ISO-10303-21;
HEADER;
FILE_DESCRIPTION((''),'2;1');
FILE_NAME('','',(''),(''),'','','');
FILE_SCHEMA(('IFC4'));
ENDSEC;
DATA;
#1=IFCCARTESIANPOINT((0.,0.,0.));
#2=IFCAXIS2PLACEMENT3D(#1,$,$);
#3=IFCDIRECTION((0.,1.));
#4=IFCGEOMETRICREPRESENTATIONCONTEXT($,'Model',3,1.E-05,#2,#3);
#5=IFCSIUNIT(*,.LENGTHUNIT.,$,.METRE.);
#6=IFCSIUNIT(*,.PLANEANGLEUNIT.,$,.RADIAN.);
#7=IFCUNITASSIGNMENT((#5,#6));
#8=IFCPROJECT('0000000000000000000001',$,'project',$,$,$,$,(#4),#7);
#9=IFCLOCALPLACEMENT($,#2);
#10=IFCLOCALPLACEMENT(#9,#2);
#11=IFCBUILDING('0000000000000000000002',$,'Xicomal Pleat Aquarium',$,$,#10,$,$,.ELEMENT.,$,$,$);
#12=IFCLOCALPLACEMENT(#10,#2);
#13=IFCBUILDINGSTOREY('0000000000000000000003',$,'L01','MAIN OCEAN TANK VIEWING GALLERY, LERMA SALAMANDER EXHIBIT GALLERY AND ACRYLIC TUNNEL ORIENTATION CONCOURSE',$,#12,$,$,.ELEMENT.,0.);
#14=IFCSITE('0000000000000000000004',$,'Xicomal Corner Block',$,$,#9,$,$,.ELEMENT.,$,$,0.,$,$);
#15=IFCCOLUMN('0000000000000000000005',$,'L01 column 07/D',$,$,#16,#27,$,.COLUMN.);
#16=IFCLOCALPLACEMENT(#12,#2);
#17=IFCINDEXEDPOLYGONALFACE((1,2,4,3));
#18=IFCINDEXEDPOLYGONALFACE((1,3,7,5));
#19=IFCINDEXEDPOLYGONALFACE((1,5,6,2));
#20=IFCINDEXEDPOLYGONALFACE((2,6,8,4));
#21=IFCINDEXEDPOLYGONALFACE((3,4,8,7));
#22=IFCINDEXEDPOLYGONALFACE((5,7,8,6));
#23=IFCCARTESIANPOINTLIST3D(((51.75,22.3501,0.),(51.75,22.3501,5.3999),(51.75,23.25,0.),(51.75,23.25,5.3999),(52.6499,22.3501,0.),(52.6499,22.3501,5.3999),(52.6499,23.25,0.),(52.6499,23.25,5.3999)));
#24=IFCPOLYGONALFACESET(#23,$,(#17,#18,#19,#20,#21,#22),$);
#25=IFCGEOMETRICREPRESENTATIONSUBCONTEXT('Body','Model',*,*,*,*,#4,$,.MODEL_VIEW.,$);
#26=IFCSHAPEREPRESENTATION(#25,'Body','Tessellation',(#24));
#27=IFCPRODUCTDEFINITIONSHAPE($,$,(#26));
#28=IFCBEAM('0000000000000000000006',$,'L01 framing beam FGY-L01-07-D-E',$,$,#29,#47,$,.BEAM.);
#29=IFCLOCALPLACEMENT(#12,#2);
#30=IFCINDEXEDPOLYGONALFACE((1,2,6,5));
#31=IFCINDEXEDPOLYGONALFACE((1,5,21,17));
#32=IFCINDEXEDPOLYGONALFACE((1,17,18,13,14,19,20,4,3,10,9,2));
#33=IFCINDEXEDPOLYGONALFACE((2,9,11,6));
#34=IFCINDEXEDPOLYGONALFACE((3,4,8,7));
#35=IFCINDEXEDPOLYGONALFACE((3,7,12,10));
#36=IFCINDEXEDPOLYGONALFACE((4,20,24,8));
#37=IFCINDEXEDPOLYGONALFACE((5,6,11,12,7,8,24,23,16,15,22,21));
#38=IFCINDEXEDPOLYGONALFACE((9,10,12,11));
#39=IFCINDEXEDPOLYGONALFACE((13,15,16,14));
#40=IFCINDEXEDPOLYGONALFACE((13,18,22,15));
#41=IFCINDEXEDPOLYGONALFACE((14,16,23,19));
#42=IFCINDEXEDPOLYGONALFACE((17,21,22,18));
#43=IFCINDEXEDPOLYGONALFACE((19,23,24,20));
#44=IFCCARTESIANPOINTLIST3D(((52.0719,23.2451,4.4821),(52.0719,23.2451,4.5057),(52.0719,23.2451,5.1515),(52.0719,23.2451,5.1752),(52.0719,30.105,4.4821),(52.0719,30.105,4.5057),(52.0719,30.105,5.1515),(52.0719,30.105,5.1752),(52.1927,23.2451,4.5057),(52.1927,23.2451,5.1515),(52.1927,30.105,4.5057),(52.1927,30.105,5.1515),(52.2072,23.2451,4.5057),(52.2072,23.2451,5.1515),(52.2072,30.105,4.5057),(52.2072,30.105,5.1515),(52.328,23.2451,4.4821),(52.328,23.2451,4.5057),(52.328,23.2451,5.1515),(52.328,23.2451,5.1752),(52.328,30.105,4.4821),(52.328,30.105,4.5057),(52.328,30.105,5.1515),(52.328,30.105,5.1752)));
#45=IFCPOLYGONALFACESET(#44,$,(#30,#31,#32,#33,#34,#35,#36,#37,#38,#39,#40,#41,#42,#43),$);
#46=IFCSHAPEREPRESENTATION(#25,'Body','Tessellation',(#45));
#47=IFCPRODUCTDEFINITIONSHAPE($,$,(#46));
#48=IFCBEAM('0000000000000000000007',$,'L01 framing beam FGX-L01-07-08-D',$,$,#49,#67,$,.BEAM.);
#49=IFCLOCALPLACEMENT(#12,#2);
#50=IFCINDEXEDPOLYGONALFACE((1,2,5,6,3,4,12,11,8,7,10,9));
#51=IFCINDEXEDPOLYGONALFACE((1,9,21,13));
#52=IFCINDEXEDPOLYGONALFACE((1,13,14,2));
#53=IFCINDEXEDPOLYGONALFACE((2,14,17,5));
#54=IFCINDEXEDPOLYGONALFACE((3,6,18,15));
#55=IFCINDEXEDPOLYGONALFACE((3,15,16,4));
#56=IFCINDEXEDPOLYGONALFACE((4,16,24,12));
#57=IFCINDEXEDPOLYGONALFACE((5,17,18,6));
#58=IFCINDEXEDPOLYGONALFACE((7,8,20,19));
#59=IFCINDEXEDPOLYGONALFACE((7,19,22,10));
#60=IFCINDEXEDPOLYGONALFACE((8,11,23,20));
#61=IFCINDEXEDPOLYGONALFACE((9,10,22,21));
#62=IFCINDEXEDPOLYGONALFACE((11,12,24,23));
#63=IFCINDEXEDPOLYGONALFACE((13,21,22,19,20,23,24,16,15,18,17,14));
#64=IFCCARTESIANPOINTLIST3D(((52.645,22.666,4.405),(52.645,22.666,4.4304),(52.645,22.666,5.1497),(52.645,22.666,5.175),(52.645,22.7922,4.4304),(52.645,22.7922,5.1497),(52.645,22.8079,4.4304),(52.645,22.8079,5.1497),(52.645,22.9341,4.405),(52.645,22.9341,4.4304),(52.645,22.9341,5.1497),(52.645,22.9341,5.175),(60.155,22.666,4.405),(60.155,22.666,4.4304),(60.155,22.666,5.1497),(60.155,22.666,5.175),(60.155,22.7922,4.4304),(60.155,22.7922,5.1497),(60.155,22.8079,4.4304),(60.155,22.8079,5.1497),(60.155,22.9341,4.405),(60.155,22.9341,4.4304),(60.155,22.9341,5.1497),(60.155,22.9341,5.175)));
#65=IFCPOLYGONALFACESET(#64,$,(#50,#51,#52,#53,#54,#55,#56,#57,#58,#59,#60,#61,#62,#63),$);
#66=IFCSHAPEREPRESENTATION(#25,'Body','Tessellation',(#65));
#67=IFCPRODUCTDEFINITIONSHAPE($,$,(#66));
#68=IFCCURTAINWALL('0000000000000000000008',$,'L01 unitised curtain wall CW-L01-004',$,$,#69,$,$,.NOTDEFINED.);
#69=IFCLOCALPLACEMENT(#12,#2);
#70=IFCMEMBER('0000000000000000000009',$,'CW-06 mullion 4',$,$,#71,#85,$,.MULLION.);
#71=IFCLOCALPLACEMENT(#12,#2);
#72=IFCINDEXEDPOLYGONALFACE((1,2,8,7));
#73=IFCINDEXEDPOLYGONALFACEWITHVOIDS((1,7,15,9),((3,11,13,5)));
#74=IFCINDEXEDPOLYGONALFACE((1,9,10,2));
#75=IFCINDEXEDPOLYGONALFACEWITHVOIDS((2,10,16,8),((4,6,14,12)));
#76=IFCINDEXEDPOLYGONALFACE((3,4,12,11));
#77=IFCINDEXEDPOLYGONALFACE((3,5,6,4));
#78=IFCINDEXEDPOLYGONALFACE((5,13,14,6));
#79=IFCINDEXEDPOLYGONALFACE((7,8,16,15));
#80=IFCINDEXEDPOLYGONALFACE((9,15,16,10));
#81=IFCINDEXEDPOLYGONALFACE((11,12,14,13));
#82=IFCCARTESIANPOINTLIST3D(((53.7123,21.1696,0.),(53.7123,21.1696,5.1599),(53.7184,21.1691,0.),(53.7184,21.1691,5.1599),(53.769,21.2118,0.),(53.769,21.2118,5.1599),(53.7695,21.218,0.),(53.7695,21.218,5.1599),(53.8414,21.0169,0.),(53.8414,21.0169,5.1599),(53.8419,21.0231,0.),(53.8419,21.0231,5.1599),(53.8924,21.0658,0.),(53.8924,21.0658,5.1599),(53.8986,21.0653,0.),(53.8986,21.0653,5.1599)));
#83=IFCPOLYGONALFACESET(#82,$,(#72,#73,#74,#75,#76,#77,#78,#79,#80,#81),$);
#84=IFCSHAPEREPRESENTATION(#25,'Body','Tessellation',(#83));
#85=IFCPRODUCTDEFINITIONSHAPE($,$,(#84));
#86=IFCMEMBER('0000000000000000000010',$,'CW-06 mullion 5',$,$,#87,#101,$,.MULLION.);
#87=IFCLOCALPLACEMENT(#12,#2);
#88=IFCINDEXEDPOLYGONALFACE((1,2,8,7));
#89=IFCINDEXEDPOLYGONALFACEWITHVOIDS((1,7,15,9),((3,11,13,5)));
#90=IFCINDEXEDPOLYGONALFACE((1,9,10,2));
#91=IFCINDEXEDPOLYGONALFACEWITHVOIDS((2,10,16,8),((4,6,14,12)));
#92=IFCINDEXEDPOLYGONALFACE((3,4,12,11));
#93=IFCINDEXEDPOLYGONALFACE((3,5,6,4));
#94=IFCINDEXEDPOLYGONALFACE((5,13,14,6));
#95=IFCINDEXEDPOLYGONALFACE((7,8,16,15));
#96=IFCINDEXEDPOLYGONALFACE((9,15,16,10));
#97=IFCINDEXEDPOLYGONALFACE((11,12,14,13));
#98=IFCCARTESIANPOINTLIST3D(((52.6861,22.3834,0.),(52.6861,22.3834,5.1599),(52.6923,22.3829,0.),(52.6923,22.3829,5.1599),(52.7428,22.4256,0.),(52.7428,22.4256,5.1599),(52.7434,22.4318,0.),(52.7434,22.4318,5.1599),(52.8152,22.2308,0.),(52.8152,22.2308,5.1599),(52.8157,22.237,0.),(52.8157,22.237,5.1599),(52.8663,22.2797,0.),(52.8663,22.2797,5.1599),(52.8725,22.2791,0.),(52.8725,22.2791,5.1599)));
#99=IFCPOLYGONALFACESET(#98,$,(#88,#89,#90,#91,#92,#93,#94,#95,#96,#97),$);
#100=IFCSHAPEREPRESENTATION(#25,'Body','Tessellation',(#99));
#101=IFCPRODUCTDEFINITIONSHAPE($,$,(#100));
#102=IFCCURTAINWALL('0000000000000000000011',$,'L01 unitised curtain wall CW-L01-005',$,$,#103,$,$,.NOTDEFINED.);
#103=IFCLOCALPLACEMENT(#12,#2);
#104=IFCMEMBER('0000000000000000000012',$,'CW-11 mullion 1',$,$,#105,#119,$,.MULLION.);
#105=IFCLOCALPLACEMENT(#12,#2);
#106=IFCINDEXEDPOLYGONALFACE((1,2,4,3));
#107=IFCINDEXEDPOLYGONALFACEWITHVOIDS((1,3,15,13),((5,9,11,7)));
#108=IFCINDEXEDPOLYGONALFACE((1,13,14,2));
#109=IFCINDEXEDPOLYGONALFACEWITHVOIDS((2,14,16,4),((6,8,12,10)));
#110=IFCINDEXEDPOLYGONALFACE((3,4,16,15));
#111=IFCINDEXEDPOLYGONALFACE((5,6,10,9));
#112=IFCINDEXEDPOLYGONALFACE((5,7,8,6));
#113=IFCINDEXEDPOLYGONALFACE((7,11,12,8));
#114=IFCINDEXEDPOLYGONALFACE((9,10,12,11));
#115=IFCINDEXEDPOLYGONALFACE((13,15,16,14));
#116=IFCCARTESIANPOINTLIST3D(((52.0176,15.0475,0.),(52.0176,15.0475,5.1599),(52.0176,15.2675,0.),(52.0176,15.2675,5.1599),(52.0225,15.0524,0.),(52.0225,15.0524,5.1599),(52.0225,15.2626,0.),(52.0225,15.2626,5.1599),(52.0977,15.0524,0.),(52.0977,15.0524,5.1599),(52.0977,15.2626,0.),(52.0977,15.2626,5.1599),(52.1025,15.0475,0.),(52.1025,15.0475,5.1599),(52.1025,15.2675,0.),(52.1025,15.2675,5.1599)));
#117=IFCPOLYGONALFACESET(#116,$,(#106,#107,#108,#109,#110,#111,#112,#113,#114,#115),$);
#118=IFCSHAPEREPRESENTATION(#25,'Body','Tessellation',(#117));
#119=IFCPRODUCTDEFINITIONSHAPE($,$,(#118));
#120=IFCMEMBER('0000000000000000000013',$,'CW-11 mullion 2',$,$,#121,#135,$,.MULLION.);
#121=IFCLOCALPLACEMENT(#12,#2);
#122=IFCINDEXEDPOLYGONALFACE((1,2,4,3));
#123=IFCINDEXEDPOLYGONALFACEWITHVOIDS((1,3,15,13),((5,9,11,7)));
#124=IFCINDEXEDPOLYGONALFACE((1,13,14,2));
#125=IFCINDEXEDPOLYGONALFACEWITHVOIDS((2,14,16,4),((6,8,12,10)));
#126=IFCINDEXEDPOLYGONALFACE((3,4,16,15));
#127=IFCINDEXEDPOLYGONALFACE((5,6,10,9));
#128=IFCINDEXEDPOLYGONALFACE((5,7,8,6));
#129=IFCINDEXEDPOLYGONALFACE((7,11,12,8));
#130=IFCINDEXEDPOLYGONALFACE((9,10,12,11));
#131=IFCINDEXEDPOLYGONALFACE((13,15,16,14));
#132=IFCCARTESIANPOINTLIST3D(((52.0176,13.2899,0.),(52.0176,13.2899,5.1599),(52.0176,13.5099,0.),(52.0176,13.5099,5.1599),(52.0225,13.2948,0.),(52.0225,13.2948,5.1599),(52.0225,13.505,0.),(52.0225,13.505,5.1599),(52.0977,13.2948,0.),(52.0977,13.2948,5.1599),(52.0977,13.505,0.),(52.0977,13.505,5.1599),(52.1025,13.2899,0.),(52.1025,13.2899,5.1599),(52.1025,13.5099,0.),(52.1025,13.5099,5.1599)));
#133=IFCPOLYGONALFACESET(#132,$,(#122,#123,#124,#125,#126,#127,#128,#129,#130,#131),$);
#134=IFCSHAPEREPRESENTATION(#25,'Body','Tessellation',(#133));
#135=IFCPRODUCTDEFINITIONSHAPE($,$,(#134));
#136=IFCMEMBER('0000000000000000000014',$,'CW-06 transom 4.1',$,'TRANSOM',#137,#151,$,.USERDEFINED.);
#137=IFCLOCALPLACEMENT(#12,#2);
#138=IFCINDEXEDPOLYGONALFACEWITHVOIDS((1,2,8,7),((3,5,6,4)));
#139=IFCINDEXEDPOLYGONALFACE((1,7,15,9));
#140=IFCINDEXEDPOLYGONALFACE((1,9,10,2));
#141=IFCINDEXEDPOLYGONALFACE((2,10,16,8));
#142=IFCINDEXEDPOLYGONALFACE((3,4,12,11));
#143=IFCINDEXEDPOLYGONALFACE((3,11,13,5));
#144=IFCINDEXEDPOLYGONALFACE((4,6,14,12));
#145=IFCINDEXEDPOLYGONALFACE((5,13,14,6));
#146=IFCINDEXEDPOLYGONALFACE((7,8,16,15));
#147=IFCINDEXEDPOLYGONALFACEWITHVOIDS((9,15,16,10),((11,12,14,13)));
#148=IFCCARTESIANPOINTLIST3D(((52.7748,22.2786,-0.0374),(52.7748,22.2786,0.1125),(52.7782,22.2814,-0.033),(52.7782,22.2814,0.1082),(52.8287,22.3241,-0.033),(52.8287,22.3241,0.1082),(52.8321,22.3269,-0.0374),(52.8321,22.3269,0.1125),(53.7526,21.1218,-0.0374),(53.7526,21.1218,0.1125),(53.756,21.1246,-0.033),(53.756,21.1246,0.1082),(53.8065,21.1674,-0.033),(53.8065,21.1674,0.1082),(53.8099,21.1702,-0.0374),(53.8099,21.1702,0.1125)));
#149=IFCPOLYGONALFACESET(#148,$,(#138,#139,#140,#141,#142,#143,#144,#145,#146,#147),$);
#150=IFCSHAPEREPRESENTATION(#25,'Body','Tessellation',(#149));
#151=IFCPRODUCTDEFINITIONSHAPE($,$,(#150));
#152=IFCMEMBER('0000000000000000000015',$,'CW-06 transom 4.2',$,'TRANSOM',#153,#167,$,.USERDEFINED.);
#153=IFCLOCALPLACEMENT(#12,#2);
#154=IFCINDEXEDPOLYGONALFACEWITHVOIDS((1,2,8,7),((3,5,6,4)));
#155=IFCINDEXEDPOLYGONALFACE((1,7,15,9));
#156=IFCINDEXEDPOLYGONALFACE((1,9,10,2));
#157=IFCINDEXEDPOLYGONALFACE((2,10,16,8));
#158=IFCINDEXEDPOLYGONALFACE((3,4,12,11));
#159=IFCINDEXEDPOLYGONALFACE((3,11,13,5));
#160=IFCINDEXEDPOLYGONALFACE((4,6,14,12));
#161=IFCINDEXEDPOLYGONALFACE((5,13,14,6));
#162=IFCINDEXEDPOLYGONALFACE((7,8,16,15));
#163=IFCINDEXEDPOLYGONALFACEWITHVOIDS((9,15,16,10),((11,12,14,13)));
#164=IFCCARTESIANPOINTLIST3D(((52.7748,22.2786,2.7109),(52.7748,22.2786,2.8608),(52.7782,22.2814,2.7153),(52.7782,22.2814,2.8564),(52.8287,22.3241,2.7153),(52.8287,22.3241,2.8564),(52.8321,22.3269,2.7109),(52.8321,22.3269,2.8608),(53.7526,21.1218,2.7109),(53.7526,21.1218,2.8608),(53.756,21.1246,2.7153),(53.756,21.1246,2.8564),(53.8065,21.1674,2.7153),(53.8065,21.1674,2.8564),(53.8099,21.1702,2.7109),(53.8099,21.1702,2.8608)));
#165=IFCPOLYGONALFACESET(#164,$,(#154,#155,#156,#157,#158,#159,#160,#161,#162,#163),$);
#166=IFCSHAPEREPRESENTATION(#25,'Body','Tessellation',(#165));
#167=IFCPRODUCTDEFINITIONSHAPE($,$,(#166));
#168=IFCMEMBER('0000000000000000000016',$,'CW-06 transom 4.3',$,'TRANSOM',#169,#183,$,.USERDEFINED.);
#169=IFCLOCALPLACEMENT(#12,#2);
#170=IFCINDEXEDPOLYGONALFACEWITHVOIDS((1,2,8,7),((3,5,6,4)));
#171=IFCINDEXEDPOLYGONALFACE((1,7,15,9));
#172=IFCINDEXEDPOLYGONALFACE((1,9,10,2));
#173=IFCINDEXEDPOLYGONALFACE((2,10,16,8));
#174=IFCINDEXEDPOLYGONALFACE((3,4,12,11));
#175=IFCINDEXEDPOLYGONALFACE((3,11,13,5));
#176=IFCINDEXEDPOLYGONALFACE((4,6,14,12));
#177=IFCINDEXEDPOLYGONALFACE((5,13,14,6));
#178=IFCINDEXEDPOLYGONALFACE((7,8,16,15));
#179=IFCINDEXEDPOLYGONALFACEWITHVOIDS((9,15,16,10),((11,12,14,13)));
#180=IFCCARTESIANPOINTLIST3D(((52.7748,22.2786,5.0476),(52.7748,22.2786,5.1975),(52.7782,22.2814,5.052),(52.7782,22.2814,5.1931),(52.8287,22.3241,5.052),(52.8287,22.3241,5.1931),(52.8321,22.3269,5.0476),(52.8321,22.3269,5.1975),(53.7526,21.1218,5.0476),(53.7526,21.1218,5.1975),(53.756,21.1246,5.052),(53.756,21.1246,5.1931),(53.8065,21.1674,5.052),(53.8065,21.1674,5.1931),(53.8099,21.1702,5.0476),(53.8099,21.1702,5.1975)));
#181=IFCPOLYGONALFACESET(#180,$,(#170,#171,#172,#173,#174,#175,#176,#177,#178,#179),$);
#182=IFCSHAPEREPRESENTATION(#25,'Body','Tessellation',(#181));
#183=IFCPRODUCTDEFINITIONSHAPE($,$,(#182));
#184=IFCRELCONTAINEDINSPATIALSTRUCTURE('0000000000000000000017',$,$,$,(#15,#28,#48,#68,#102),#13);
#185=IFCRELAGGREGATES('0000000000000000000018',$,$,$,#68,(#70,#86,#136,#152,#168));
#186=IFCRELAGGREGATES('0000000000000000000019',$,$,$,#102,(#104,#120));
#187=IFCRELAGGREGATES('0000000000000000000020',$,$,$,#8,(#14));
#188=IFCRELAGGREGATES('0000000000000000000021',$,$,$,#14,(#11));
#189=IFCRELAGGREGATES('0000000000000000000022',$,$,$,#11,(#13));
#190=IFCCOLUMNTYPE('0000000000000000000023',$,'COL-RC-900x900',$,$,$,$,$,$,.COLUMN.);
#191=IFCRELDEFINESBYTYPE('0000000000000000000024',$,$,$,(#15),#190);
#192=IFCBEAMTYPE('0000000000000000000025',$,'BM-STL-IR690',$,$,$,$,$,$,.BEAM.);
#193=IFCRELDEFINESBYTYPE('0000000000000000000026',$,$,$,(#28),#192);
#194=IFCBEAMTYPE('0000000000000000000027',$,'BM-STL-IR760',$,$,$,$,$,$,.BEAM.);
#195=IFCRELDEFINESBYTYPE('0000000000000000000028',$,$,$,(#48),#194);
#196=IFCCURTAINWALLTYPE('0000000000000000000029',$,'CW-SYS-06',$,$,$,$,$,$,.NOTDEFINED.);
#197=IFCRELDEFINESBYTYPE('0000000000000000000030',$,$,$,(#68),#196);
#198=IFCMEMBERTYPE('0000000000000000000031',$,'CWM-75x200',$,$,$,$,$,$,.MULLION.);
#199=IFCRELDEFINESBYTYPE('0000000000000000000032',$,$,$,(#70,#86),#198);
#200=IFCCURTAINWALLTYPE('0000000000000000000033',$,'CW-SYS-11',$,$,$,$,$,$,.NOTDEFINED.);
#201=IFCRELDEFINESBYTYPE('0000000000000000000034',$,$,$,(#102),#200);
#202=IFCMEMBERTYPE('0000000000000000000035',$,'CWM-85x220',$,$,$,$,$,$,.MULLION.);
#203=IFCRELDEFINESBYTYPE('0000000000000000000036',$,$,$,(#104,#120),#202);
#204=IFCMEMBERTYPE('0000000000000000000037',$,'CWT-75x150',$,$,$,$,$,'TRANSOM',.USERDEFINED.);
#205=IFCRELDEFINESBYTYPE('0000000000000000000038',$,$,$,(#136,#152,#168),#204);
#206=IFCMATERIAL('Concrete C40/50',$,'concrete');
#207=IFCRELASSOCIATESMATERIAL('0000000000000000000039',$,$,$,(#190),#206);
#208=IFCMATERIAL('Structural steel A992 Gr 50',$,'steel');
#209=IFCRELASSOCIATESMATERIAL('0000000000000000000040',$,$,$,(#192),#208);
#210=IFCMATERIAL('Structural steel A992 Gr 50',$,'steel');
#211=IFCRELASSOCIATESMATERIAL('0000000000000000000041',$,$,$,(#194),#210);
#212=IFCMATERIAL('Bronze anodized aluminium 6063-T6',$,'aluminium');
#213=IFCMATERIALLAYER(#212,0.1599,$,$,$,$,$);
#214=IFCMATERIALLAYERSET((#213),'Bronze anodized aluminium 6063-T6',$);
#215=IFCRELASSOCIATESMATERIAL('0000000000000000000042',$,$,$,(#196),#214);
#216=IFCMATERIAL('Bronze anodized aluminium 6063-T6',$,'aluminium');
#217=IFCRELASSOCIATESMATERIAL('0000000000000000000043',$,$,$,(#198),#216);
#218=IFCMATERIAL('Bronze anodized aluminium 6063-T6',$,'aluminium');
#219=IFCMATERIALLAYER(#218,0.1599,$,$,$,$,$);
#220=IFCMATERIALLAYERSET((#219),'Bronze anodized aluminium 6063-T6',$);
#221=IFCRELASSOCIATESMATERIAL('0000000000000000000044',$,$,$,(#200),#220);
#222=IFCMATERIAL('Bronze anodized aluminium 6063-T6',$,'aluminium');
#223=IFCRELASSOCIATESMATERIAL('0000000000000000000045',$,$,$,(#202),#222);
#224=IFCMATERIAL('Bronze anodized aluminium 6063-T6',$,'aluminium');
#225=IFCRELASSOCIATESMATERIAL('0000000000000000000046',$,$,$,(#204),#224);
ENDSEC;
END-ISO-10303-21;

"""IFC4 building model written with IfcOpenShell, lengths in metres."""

from ifc_helpers import new_model, si_unit, direction, frame, origin, origin_2d, place, context, subcontext, project, spatial, rectangle, hollow_rectangle, i_section, extrude, material, layer, layer_set, material_profile, profile_set, type_object, element, aggregate, save


model = new_model("IFC4")

# Units and contexts
model_context = context("Model", 3, precision=1e-05, world=origin(), true_north=direction((0.0, 1.0)))
body_context = subcontext(model_context, "Body", "Model", "MODEL_VIEW")
ifc_project = project(units=[si_unit("LENGTHUNIT", "METRE"), si_unit("PLANEANGLEUNIT", "RADIAN")], contexts=[model_context])

# Site, building, storey
site_placement = place(None, origin())
site = spatial("IfcSite", under=ifc_project, at=site_placement, Name="Xicomal Corner Block", CompositionType="ELEMENT", RefElevation=0.0)
building_placement = place(site_placement, origin())
building = spatial("IfcBuilding", under=site, at=building_placement, Name="Xicomal Pleat Aquarium", CompositionType="ELEMENT")
storey_placement = place(building_placement, origin())
storey = spatial("IfcBuildingStorey", under=building, at=storey_placement, Name="L01", Description="MAIN OCEAN TANK VIEWING GALLERY, LERMA SALAMANDER EXHIBIT GALLERY AND ACRYLIC TUNNEL ORIENTATION CONCOURSE", CompositionType="ELEMENT", Elevation=0.0)

# Column
ifc_material_1 = material(Name="Concrete C40/50", Category="concrete")
ifc_material_profile_1 = material_profile(ifc_material_1, rectangle(XDim=0.8999, YDim=0.8999, at=origin_2d()), Name="RC 900x900")
ifc_profile_set_1 = profile_set([ifc_material_profile_1], Name="Concrete C40/50")
column_type = type_object("IfcColumnType", Name="COL-RC-900x900", PredefinedType="COLUMN", material=ifc_profile_set_1)
column_placement = place(storey_placement, frame((52.2, 22.8, 0.0), z_axis=(0.0, 0.0, 1.0), x_axis=(1.0, 0.0, 0.0)))
element("IfcColumn", 1, at=column_placement, inside=storey, type_object=column_type, Name="L01 column 07/D", PredefinedType="COLUMN", context=body_context, shape_type="SweptSolid", body=[
    extrude(rectangle(XDim=0.8999, YDim=0.8999, at=origin_2d()), origin(), (0.0, 0.0, 1.0), 5.3999),
])

# Beams
ifc_material_2 = material(Name="Structural steel A992 Gr 50", Category="steel")
ifc_material_profile_2 = material_profile(ifc_material_2, i_section(OverallWidth=0.2561, OverallDepth=0.6931, WebThickness=0.0144, FlangeThickness=0.0237, at=origin_2d()), Name="IR 690x170")
ifc_profile_set_2 = profile_set([ifc_material_profile_2], Name="Structural steel A992 Gr 50")
beam_type_1 = type_object("IfcBeamType", Name="BM-STL-IR690", PredefinedType="BEAM", material=ifc_profile_set_2)
beam_1_placement = place(storey_placement, frame((52.2, 23.2451, 4.8286), z_axis=(0.0, 1.0, 0.0), x_axis=(-1.0, 0.0, 0.0)))
element("IfcBeam", 2, at=beam_1_placement, inside=storey, type_object=beam_type_1, Name="L01 framing beam FGY-L01-07-D-E", PredefinedType="BEAM", context=body_context, shape_type="SweptSolid", body=[
    extrude(i_section(OverallWidth=0.2561, OverallDepth=0.6931, WebThickness=0.0144, FlangeThickness=0.0237, at=origin_2d()), origin(), (0.0, 0.0, 1.0), 6.8599),
])
ifc_material_3 = material(Name="Structural steel A992 Gr 50", Category="steel")
ifc_material_profile_3 = material_profile(ifc_material_3, i_section(OverallWidth=0.2681, OverallDepth=0.77, WebThickness=0.0156, FlangeThickness=0.0254, at=origin_2d()), Name="IR 760x196")
ifc_profile_set_3 = profile_set([ifc_material_profile_3], Name="Structural steel A992 Gr 50")
beam_type_2 = type_object("IfcBeamType", Name="BM-STL-IR760", PredefinedType="BEAM", material=ifc_profile_set_3)
beam_2_placement = place(storey_placement, frame((52.645, 22.8, 4.79), z_axis=(1.0, 0.0, 0.0), x_axis=(0.0, 1.0, 0.0)))
element("IfcBeam", 3, at=beam_2_placement, inside=storey, type_object=beam_type_2, Name="L01 framing beam FGX-L01-07-08-D", PredefinedType="BEAM", context=body_context, shape_type="SweptSolid", body=[
    extrude(i_section(OverallWidth=0.2681, OverallDepth=0.77, WebThickness=0.0156, FlangeThickness=0.0254, at=origin_2d()), origin(), (0.0, 0.0, 1.0), 7.51),
])

# Curtain walls, members
ifc_material_4 = material(Name="Bronze anodized aluminium 6063-T6", Category="aluminium")
ifc_layer_1 = layer(ifc_material_4, 0.1599)
ifc_layer_set_1 = layer_set([ifc_layer_1], Name="Bronze anodized aluminium 6063-T6")
curtain_wall_type_1 = type_object("IfcCurtainWallType", Name="CW-SYS-06", PredefinedType="NOTDEFINED", material=ifc_layer_set_1)
curtain_wall_1_placement = place(storey_placement, origin())
curtain_wall_1 = element("IfcCurtainWall", 4, at=curtain_wall_1_placement, inside=storey, type_object=curtain_wall_type_1, Name="L01 unitised curtain wall CW-L01-004", PredefinedType="NOTDEFINED")
ifc_material_5 = material(Name="Bronze anodized aluminium 6063-T6", Category="aluminium")
ifc_material_profile_4 = material_profile(ifc_material_5, hollow_rectangle(XDim=0.075, YDim=0.2, WallThickness=0.0044, at=origin_2d()), Name="ALU MULL 75x200")
ifc_profile_set_4 = profile_set([ifc_material_profile_4], Name="Bronze anodized aluminium 6063-T6")
member_type_1 = type_object("IfcMemberType", Name="CWM-75x200", PredefinedType="MULLION", material=ifc_profile_set_4)
member_1_placement = place(storey_placement, frame((53.8054, 21.1174, 0.0), z_axis=(0.0, 0.0, 1.0), x_axis=(-0.763643, -0.645639, 0.0)))
member_1 = element("IfcMember", 5, at=member_1_placement, type_object=member_type_1, Name="CW-06 mullion 4", PredefinedType="MULLION", context=body_context, shape_type="SweptSolid", body=[
    extrude(hollow_rectangle(XDim=0.075, YDim=0.2, WallThickness=0.0044, at=origin_2d()), origin(), (0.0, 0.0, 1.0), 5.1599),
])
member_2_placement = place(storey_placement, frame((52.7793, 22.3313, 0.0), z_axis=(0.0, 0.0, 1.0), x_axis=(-0.763643, -0.645639, 0.0)))
member_2 = element("IfcMember", 6, at=member_2_placement, type_object=member_type_1, Name="CW-06 mullion 5", PredefinedType="MULLION", context=body_context, shape_type="SweptSolid", body=[
    extrude(hollow_rectangle(XDim=0.075, YDim=0.2, WallThickness=0.0044, at=origin_2d()), origin(), (0.0, 0.0, 1.0), 5.1599),
])
ifc_material_6 = material(Name="Bronze anodized aluminium 6063-T6", Category="aluminium")
ifc_layer_2 = layer(ifc_material_6, 0.1599)
ifc_layer_set_2 = layer_set([ifc_layer_2], Name="Bronze anodized aluminium 6063-T6")
curtain_wall_type_2 = type_object("IfcCurtainWallType", Name="CW-SYS-11", PredefinedType="NOTDEFINED", material=ifc_layer_set_2)
curtain_wall_2_placement = place(storey_placement, origin())
curtain_wall_2 = element("IfcCurtainWall", 7, at=curtain_wall_2_placement, inside=storey, type_object=curtain_wall_type_2, Name="L01 unitised curtain wall CW-L01-005", PredefinedType="NOTDEFINED")
ifc_material_7 = material(Name="Bronze anodized aluminium 6063-T6", Category="aluminium")
ifc_material_profile_5 = material_profile(ifc_material_7, hollow_rectangle(XDim=0.085, YDim=0.22, WallThickness=0.0049, at=origin_2d()), Name="ALU MULL 85x220")
ifc_profile_set_5 = profile_set([ifc_material_profile_5], Name="Bronze anodized aluminium 6063-T6")
member_type_2 = type_object("IfcMemberType", Name="CWM-85x220", PredefinedType="MULLION", material=ifc_profile_set_5)
member_3_placement = place(storey_placement, frame((52.0601, 15.1575, 0.0), z_axis=(0.0, 0.0, 1.0), x_axis=(1.0, 0.0, 0.0)))
member_3 = element("IfcMember", 8, at=member_3_placement, type_object=member_type_2, Name="CW-11 mullion 1", PredefinedType="MULLION", context=body_context, shape_type="SweptSolid", body=[
    extrude(hollow_rectangle(XDim=0.085, YDim=0.22, WallThickness=0.0049, at=origin_2d()), origin(), (0.0, 0.0, 1.0), 5.1599),
])
member_4_placement = place(storey_placement, frame((52.0601, 13.3999, 0.0), z_axis=(0.0, 0.0, 1.0), x_axis=(1.0, 0.0, 0.0)))
member_4 = element("IfcMember", 9, at=member_4_placement, type_object=member_type_2, Name="CW-11 mullion 2", PredefinedType="MULLION", context=body_context, shape_type="SweptSolid", body=[
    extrude(hollow_rectangle(XDim=0.085, YDim=0.22, WallThickness=0.0049, at=origin_2d()), origin(), (0.0, 0.0, 1.0), 5.1599),
])

# Members
ifc_material_8 = material(Name="Bronze anodized aluminium 6063-T6", Category="aluminium")
ifc_material_profile_6 = material_profile(ifc_material_8, hollow_rectangle(XDim=0.075, YDim=0.1499, WallThickness=0.0044, at=origin_2d()), Name="ALU TRAN 75x150")
ifc_profile_set_6 = profile_set([ifc_material_profile_6], Name="Bronze anodized aluminium 6063-T6")
member_type_3 = type_object("IfcMemberType", Name="CWT-75x150", ElementType="TRANSOM", PredefinedType="USERDEFINED", material=ifc_profile_set_6)
member_5_placement = place(storey_placement, frame((53.7812, 21.146, 0.0376), z_axis=(-0.645559, 0.76371, 0.0), x_axis=(-0.76371, -0.645559, 0.0)))
member_5 = element("IfcMember", 10, at=member_5_placement, type_object=member_type_3, Name="CW-06 transom 4.1", ObjectType="TRANSOM", PredefinedType="USERDEFINED", context=body_context, shape_type="SweptSolid", body=[
    extrude(hollow_rectangle(XDim=0.075, YDim=0.1499, WallThickness=0.0044, at=origin_2d()), origin(), (0.0, 0.0, 1.0), 1.5146),
])
member_6_placement = place(storey_placement, frame((53.7812, 21.146, 2.7859), z_axis=(-0.645559, 0.76371, 0.0), x_axis=(-0.76371, -0.645559, 0.0)))
member_6 = element("IfcMember", 11, at=member_6_placement, type_object=member_type_3, Name="CW-06 transom 4.2", ObjectType="TRANSOM", PredefinedType="USERDEFINED", context=body_context, shape_type="SweptSolid", body=[
    extrude(hollow_rectangle(XDim=0.075, YDim=0.1499, WallThickness=0.0044, at=origin_2d()), origin(), (0.0, 0.0, 1.0), 1.5146),
])
member_7_placement = place(storey_placement, frame((53.7812, 21.146, 5.1226), z_axis=(-0.645559, 0.76371, 0.0), x_axis=(-0.76371, -0.645559, 0.0)))
member_7 = element("IfcMember", 12, at=member_7_placement, type_object=member_type_3, Name="CW-06 transom 4.3", ObjectType="TRANSOM", PredefinedType="USERDEFINED", context=body_context, shape_type="SweptSolid", body=[
    extrude(hollow_rectangle(XDim=0.075, YDim=0.1499, WallThickness=0.0044, at=origin_2d()), origin(), (0.0, 0.0, 1.0), 1.5146),
])

aggregate(curtain_wall_1, [member_1, member_2, member_5, member_6, member_7])
aggregate(curtain_wall_2, [member_3, member_4])

save(model, "model.ifc")
